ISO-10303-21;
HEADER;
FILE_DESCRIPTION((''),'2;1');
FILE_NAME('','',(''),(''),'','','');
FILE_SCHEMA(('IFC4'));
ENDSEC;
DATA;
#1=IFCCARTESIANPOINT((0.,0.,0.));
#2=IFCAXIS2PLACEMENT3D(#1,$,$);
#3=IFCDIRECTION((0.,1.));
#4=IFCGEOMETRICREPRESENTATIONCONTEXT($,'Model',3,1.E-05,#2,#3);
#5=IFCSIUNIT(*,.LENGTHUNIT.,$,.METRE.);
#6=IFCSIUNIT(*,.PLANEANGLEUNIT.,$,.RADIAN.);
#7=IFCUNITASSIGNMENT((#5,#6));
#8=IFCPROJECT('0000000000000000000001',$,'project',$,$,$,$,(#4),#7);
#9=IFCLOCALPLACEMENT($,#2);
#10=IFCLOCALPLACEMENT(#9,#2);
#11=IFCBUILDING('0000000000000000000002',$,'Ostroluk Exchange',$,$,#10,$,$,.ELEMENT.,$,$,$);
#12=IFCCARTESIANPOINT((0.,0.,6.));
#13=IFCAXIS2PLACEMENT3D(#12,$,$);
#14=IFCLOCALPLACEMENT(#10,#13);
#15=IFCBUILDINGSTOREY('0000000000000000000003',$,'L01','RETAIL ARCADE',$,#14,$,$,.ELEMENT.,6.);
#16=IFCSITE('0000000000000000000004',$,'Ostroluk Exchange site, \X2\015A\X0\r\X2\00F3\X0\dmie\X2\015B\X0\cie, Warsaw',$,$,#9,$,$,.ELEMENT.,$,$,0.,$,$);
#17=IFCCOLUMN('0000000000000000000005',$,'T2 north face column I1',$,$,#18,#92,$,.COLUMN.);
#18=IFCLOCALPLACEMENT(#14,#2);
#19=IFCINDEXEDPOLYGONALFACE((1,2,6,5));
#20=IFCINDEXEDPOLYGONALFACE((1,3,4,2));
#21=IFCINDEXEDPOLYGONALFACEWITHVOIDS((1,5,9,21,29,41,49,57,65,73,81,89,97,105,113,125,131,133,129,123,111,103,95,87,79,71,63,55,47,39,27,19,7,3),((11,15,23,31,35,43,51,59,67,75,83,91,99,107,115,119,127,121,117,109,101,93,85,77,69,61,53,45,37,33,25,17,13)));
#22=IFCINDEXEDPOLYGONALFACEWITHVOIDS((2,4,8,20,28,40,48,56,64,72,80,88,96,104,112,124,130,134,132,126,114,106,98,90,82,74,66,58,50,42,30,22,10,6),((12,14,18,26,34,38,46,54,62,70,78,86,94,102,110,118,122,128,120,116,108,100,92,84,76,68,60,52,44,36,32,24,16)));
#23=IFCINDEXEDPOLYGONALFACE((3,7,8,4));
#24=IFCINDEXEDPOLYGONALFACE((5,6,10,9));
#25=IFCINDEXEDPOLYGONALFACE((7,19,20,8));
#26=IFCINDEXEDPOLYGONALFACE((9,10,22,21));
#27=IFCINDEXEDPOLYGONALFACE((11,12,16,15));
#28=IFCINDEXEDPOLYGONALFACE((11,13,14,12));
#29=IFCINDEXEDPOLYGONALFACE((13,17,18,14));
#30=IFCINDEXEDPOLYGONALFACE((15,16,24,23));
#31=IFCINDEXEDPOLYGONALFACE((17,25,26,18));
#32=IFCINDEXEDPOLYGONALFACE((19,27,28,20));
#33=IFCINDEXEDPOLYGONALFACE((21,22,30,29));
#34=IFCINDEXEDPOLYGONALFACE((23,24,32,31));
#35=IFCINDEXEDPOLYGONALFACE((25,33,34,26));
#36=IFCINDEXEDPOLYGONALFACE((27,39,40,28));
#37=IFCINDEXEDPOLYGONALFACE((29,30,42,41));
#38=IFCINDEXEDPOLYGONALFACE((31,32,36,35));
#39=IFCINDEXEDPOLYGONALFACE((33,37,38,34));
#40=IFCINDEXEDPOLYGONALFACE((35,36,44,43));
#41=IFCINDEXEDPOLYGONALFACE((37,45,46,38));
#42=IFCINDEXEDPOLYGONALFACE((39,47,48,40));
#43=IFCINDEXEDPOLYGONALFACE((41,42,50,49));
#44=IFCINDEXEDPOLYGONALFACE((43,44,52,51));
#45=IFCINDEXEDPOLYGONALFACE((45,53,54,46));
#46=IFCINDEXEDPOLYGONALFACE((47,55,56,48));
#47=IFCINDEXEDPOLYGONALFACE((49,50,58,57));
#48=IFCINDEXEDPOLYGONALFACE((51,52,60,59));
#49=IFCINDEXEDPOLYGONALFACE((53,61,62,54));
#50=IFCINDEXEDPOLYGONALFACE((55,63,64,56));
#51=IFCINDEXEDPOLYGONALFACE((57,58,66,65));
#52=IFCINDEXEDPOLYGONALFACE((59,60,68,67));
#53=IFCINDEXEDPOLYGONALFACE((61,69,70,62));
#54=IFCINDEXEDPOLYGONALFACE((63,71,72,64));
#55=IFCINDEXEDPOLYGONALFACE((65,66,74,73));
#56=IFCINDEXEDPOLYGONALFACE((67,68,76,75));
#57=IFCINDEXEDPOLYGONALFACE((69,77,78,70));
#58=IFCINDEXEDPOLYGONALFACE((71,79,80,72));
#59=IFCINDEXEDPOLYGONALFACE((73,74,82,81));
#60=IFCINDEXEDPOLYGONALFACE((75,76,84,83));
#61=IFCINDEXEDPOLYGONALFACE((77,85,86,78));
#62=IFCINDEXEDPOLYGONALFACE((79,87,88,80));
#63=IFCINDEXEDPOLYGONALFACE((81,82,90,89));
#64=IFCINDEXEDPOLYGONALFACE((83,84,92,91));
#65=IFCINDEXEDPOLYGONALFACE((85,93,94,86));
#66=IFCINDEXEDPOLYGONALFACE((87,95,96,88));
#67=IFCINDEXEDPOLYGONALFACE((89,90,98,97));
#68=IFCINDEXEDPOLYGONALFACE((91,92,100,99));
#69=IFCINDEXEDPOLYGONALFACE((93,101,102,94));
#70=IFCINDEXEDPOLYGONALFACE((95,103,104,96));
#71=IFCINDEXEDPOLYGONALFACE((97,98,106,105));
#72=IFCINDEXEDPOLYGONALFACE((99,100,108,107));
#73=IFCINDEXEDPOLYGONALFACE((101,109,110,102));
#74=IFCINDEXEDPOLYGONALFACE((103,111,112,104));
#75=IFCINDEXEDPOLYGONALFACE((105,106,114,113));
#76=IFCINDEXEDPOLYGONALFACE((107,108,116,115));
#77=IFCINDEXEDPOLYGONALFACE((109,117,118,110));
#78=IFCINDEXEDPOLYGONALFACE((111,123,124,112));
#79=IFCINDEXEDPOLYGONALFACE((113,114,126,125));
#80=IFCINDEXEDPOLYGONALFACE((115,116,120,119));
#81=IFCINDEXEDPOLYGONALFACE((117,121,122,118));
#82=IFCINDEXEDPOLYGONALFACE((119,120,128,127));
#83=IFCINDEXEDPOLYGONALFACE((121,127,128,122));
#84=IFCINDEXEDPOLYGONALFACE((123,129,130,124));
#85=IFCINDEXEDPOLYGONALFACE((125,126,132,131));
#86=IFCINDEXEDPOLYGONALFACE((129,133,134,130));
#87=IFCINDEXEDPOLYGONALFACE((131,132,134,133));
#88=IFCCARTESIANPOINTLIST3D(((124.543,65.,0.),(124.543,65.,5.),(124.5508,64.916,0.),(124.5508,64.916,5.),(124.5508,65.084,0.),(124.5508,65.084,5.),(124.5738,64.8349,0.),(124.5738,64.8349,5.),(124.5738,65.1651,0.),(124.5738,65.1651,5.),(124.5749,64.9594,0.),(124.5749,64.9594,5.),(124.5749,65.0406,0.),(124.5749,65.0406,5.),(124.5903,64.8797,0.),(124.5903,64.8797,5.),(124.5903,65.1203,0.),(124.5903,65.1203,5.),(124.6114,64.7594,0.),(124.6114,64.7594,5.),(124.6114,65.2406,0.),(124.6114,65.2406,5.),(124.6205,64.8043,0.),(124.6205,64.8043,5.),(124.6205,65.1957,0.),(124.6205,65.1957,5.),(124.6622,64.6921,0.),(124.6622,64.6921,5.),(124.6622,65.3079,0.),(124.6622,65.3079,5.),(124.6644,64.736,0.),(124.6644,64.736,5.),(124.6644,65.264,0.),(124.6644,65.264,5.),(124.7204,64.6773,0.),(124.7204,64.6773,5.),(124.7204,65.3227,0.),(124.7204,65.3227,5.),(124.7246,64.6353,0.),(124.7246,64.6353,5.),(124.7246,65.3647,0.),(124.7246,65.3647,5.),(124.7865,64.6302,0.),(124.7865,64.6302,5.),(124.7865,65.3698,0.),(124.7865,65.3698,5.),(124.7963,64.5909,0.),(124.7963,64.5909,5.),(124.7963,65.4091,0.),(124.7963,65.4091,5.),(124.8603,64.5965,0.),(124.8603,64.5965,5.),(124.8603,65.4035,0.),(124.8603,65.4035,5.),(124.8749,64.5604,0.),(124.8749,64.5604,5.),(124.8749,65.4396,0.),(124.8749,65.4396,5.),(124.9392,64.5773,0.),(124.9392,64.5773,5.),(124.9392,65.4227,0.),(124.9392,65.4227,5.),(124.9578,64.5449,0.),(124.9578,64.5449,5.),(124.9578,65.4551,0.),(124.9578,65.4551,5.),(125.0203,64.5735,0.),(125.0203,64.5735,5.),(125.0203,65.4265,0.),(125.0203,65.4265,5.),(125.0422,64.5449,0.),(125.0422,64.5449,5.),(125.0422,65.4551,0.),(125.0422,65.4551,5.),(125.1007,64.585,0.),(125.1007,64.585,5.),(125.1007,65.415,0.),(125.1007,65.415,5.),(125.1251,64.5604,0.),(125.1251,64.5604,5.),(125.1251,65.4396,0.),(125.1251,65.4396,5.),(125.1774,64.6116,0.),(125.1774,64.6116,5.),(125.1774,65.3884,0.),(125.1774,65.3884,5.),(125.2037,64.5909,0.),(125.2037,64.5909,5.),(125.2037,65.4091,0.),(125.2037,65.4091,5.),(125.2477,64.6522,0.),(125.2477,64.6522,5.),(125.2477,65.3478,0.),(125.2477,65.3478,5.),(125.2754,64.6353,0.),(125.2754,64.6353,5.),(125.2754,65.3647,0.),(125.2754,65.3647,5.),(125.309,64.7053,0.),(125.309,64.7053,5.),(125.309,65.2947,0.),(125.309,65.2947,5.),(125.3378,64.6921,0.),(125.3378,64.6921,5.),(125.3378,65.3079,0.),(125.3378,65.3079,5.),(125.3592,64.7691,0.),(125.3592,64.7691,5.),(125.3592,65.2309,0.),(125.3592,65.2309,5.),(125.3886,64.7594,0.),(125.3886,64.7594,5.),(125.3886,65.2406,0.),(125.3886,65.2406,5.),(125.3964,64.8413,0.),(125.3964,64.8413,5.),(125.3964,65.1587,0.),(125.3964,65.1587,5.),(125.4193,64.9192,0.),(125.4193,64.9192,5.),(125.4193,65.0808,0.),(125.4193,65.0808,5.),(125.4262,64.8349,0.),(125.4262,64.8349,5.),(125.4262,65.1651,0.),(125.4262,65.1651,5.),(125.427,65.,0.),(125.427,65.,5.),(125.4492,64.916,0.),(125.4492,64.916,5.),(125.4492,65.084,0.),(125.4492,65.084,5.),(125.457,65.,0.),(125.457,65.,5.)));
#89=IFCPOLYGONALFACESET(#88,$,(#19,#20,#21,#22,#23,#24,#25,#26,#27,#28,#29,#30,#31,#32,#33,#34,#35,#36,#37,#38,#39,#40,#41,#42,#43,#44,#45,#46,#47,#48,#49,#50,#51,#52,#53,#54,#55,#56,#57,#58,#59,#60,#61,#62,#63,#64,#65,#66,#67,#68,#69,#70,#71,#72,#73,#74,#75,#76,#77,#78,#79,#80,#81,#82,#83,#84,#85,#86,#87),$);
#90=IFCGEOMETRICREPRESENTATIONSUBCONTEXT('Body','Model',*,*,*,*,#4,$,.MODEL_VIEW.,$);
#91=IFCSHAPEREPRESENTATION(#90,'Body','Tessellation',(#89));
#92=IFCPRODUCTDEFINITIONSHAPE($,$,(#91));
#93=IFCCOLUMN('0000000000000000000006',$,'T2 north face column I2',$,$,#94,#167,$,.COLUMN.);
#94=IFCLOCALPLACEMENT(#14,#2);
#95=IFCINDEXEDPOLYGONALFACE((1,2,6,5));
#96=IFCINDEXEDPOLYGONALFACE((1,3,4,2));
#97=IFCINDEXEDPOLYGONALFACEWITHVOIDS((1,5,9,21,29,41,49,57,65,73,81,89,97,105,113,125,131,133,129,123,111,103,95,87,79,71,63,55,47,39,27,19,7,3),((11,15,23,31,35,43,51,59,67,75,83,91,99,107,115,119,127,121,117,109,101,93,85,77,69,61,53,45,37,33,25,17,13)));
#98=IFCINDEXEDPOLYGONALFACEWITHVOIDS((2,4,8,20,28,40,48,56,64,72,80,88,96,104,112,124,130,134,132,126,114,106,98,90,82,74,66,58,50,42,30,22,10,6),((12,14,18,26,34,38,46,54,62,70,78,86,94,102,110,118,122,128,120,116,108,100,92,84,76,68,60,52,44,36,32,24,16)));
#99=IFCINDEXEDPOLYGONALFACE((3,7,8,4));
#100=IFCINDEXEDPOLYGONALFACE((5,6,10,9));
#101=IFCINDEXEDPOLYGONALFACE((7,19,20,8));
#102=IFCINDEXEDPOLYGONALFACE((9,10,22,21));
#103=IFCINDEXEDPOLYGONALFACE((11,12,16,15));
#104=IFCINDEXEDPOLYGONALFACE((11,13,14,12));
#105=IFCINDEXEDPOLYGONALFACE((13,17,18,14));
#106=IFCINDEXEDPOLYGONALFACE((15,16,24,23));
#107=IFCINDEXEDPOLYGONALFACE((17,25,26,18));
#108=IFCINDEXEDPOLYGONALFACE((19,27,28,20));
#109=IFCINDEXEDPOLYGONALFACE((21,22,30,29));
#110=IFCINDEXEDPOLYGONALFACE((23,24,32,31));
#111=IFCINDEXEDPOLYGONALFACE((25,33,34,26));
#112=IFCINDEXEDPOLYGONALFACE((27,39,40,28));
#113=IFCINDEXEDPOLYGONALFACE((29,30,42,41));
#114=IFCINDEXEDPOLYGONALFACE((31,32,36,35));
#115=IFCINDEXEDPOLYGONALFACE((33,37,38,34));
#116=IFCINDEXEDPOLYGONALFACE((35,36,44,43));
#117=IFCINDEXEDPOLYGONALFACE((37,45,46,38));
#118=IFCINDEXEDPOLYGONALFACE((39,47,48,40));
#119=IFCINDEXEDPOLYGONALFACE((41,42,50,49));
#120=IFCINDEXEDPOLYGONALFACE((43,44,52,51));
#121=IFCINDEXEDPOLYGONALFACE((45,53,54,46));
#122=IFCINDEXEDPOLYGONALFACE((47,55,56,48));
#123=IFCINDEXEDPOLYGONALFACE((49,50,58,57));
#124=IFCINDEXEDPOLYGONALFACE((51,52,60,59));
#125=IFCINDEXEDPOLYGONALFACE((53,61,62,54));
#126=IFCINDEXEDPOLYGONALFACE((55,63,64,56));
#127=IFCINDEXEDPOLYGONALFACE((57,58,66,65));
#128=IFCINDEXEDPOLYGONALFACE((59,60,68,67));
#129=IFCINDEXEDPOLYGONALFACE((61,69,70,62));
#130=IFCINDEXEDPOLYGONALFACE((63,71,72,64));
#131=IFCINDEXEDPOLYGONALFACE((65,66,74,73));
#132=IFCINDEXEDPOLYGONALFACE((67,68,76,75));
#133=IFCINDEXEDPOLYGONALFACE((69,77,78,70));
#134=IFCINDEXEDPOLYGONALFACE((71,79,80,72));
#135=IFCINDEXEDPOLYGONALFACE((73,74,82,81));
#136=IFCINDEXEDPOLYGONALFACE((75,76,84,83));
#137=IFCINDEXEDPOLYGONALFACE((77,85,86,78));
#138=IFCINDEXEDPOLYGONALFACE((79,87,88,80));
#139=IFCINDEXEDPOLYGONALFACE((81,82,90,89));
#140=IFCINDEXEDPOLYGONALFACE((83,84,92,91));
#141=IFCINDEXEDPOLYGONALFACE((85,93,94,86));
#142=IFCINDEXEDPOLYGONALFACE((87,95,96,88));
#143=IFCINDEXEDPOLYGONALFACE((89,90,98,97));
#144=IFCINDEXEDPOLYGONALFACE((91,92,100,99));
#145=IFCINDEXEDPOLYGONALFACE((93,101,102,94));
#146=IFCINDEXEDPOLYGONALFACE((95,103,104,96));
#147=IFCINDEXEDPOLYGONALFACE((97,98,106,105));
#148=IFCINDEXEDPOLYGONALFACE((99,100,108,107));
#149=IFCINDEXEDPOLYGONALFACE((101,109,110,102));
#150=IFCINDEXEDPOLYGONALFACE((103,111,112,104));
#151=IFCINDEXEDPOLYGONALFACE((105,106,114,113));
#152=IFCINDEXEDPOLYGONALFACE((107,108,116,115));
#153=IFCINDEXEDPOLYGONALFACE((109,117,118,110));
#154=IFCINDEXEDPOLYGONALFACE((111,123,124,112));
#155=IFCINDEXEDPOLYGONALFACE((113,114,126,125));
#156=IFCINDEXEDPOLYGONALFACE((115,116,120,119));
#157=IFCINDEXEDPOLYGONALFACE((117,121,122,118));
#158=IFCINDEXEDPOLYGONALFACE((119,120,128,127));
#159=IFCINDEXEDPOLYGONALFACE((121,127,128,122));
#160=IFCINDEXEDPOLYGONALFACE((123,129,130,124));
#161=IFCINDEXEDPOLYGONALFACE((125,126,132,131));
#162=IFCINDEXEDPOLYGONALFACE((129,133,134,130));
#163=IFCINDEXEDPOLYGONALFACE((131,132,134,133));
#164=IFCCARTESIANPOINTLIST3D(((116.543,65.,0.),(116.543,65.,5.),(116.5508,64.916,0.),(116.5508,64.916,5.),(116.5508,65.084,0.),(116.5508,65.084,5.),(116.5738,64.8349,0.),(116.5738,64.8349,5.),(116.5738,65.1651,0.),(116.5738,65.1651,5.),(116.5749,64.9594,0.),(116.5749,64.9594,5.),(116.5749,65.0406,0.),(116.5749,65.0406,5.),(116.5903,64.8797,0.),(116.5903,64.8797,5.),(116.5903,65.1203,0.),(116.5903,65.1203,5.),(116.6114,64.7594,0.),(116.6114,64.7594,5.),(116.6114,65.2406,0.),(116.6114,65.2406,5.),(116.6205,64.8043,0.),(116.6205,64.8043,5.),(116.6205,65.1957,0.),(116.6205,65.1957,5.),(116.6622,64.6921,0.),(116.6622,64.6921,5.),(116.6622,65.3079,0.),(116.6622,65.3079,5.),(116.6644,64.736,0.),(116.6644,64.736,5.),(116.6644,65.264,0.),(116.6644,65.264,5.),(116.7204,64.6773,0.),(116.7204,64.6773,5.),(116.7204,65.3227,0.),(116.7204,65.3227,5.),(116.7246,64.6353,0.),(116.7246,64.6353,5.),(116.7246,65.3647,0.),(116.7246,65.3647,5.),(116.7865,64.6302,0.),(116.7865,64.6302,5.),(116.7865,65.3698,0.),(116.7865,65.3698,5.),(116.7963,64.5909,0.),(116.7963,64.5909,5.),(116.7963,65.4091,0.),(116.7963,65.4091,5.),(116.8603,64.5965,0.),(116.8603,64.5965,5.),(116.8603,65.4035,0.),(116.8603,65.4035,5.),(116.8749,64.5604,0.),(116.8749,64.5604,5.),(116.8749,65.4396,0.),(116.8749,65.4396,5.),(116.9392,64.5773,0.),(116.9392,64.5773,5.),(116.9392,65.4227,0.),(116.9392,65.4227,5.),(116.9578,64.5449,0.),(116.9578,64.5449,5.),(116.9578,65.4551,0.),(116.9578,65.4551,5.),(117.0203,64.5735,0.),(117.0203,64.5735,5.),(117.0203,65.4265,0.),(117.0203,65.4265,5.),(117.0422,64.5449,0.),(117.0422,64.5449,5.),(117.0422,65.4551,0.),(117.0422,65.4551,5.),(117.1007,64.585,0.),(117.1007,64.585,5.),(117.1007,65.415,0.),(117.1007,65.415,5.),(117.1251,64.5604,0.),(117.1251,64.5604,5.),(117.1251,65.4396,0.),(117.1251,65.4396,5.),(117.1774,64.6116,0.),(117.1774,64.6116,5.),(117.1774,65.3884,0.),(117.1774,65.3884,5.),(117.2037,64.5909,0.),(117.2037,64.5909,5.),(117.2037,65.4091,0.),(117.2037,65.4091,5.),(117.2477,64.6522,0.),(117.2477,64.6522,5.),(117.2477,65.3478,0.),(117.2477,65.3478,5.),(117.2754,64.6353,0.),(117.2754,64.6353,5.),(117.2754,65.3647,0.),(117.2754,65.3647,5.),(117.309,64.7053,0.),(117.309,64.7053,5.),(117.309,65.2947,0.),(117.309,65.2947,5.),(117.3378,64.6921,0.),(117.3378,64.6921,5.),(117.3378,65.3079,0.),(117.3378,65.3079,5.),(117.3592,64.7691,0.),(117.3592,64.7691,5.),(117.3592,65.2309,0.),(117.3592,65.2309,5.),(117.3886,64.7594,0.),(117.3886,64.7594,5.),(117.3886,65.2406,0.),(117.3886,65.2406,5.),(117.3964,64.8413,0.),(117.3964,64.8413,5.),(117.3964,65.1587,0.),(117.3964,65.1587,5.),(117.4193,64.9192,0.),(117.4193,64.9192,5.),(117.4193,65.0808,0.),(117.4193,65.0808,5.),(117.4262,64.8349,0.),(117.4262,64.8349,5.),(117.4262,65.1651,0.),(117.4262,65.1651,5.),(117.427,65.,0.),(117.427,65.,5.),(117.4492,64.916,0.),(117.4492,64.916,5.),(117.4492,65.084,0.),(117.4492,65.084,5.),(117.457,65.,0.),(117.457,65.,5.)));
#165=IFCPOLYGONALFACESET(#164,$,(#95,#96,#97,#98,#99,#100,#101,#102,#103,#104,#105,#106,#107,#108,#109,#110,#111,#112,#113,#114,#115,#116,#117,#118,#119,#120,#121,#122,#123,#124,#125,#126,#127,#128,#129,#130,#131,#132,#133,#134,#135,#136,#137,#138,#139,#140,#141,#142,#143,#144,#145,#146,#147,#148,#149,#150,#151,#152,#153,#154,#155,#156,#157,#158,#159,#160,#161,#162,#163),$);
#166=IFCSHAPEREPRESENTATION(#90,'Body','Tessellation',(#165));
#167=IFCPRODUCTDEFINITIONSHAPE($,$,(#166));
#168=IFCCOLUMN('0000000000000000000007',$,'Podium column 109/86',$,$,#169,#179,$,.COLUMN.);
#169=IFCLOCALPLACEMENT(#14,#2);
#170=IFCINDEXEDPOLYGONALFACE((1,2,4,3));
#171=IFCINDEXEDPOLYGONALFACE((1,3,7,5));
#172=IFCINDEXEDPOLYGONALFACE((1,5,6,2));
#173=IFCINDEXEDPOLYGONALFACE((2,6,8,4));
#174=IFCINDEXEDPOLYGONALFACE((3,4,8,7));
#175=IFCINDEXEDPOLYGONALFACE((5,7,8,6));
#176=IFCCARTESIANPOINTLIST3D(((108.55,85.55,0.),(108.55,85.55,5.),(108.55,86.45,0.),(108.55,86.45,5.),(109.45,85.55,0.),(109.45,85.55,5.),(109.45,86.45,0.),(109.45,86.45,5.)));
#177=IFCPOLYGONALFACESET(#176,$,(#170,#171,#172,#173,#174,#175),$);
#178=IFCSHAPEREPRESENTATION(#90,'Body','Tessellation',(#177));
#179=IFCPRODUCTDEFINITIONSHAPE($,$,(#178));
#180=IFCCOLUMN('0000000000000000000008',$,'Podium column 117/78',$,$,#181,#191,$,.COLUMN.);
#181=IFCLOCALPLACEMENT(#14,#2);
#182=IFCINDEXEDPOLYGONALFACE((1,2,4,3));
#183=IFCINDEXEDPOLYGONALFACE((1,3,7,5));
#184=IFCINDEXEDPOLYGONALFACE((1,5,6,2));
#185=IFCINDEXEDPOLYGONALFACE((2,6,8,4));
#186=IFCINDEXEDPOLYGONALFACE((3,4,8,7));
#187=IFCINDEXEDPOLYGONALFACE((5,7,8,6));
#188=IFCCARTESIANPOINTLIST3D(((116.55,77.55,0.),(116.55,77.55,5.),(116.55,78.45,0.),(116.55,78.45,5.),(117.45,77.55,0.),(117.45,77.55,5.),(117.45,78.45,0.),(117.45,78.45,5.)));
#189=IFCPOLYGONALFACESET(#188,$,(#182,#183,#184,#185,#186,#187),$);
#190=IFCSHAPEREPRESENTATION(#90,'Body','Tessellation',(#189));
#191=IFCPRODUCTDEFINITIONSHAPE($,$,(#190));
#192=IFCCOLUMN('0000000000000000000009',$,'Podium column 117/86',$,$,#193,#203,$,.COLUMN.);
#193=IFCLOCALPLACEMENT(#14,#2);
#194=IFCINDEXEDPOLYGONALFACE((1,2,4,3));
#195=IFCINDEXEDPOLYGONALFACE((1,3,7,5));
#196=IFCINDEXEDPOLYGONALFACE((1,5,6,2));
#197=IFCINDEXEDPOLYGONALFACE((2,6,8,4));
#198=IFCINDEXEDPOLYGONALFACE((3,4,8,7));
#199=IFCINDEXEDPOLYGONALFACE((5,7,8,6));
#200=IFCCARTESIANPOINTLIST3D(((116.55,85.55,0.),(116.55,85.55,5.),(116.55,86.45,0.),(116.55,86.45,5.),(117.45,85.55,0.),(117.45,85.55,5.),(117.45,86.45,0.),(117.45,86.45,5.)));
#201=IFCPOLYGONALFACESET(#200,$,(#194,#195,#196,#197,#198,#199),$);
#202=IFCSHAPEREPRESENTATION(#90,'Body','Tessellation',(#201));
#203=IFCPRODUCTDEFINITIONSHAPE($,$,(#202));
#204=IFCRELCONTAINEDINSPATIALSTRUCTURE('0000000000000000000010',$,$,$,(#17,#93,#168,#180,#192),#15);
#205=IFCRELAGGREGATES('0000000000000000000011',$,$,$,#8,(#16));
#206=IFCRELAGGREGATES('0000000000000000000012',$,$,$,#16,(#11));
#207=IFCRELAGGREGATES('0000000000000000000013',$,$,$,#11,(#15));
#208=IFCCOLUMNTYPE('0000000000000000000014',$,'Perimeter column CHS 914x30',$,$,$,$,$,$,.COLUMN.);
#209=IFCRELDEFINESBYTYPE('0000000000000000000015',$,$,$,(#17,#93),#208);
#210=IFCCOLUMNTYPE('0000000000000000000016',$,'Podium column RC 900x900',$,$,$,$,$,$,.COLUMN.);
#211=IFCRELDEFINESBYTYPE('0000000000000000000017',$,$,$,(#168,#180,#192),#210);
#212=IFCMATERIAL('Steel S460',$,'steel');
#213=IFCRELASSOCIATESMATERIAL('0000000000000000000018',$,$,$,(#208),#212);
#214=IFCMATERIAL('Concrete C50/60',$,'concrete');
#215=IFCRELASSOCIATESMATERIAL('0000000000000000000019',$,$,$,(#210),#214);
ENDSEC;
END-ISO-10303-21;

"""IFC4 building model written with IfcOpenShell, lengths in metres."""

from ifc_helpers import new_model, si_unit, direction, frame, origin, origin_2d, place, context, subcontext, project, spatial, rectangle, hollow_circle, extrude, material, material_profile, profile_set, type_object, element, save


model = new_model("IFC4")

# Units and contexts
model_context = context("Model", 3, precision=1e-05, world=origin(), true_north=direction((0.0, 1.0)))
body_context = subcontext(model_context, "Body", "Model", "MODEL_VIEW")
ifc_project = project(units=[si_unit("LENGTHUNIT", "METRE"), si_unit("PLANEANGLEUNIT", "RADIAN")], contexts=[model_context])

# Site, building, storey
site_placement = place(None, origin())
site = spatial("IfcSite", under=ifc_project, at=site_placement, Name="Ostroluk Exchange site, Śródmieście, Warsaw", CompositionType="ELEMENT", RefElevation=0.0)
building_placement = place(site_placement, origin())
building = spatial("IfcBuilding", under=site, at=building_placement, Name="Ostroluk Exchange", CompositionType="ELEMENT")
storey_placement = place(building_placement, frame((0.0, 0.0, 6.0)))
storey = spatial("IfcBuildingStorey", under=building, at=storey_placement, Name="L01", Description="RETAIL ARCADE", CompositionType="ELEMENT", Elevation=6.0)

# Columns
ifc_material_1 = material(Name="Steel S460", Category="steel")
ifc_material_profile_1 = material_profile(ifc_material_1, hollow_circle(Radius=0.457, WallThickness=0.03, at=origin_2d()), Name="CHS 914x30")
ifc_profile_set_1 = profile_set([ifc_material_profile_1], Name="Steel S460")
column_type_1 = type_object("IfcColumnType", Name="Perimeter column CHS 914x30", PredefinedType="COLUMN", material=ifc_profile_set_1)
for number, where, z_axis, x_axis, name in (
    (1, (125.0, 65.0, 0.0), (0.0, 0.0, 1.0), (1.0, 0.0, 0.0), "T2 north face column I1"),
    (2, (117.0, 65.0, 0.0), (0.0, 0.0, 1.0), (1.0, 0.0, 0.0), "T2 north face column I2"),
):
    element("IfcColumn", number, at=place(storey_placement, frame(where, z_axis=z_axis, x_axis=x_axis)), inside=storey, type_object=column_type_1, Name=name, PredefinedType="COLUMN", context=body_context, shape_type="SweptSolid", body=[
        extrude(hollow_circle(Radius=0.457, WallThickness=0.03, at=origin_2d()), origin(), (0.0, 0.0, 1.0), 5.0),
    ])
ifc_material_2 = material(Name="Concrete C50/60", Category="concrete")
ifc_material_profile_2 = material_profile(ifc_material_2, rectangle(XDim=0.8999, YDim=0.8999, at=origin_2d()), Name="RC 900x900")
ifc_profile_set_2 = profile_set([ifc_material_profile_2], Name="Concrete C50/60")
column_type_2 = type_object("IfcColumnType", Name="Podium column RC 900x900", PredefinedType="COLUMN", material=ifc_profile_set_2)
for number, where, z_axis, x_axis, name in (
    (3, (109.0, 86.0, 0.0), (0.0, 0.0, 1.0), (1.0, 0.0, 0.0), "Podium column 109/86"),
    (4, (117.0, 78.0, 0.0), (0.0, 0.0, 1.0), (1.0, 0.0, 0.0), "Podium column 117/78"),
    (5, (117.0, 86.0, 0.0), (0.0, 0.0, 1.0), (1.0, 0.0, 0.0), "Podium column 117/86"),
):
    element("IfcColumn", number, at=place(storey_placement, frame(where, z_axis=z_axis, x_axis=x_axis)), inside=storey, type_object=column_type_2, Name=name, PredefinedType="COLUMN", context=body_context, shape_type="SweptSolid", body=[
        extrude(rectangle(XDim=0.8999, YDim=0.8999, at=origin_2d()), origin(), (0.0, 0.0, 1.0), 5.0),
    ])

save(model, "model.ifc")
